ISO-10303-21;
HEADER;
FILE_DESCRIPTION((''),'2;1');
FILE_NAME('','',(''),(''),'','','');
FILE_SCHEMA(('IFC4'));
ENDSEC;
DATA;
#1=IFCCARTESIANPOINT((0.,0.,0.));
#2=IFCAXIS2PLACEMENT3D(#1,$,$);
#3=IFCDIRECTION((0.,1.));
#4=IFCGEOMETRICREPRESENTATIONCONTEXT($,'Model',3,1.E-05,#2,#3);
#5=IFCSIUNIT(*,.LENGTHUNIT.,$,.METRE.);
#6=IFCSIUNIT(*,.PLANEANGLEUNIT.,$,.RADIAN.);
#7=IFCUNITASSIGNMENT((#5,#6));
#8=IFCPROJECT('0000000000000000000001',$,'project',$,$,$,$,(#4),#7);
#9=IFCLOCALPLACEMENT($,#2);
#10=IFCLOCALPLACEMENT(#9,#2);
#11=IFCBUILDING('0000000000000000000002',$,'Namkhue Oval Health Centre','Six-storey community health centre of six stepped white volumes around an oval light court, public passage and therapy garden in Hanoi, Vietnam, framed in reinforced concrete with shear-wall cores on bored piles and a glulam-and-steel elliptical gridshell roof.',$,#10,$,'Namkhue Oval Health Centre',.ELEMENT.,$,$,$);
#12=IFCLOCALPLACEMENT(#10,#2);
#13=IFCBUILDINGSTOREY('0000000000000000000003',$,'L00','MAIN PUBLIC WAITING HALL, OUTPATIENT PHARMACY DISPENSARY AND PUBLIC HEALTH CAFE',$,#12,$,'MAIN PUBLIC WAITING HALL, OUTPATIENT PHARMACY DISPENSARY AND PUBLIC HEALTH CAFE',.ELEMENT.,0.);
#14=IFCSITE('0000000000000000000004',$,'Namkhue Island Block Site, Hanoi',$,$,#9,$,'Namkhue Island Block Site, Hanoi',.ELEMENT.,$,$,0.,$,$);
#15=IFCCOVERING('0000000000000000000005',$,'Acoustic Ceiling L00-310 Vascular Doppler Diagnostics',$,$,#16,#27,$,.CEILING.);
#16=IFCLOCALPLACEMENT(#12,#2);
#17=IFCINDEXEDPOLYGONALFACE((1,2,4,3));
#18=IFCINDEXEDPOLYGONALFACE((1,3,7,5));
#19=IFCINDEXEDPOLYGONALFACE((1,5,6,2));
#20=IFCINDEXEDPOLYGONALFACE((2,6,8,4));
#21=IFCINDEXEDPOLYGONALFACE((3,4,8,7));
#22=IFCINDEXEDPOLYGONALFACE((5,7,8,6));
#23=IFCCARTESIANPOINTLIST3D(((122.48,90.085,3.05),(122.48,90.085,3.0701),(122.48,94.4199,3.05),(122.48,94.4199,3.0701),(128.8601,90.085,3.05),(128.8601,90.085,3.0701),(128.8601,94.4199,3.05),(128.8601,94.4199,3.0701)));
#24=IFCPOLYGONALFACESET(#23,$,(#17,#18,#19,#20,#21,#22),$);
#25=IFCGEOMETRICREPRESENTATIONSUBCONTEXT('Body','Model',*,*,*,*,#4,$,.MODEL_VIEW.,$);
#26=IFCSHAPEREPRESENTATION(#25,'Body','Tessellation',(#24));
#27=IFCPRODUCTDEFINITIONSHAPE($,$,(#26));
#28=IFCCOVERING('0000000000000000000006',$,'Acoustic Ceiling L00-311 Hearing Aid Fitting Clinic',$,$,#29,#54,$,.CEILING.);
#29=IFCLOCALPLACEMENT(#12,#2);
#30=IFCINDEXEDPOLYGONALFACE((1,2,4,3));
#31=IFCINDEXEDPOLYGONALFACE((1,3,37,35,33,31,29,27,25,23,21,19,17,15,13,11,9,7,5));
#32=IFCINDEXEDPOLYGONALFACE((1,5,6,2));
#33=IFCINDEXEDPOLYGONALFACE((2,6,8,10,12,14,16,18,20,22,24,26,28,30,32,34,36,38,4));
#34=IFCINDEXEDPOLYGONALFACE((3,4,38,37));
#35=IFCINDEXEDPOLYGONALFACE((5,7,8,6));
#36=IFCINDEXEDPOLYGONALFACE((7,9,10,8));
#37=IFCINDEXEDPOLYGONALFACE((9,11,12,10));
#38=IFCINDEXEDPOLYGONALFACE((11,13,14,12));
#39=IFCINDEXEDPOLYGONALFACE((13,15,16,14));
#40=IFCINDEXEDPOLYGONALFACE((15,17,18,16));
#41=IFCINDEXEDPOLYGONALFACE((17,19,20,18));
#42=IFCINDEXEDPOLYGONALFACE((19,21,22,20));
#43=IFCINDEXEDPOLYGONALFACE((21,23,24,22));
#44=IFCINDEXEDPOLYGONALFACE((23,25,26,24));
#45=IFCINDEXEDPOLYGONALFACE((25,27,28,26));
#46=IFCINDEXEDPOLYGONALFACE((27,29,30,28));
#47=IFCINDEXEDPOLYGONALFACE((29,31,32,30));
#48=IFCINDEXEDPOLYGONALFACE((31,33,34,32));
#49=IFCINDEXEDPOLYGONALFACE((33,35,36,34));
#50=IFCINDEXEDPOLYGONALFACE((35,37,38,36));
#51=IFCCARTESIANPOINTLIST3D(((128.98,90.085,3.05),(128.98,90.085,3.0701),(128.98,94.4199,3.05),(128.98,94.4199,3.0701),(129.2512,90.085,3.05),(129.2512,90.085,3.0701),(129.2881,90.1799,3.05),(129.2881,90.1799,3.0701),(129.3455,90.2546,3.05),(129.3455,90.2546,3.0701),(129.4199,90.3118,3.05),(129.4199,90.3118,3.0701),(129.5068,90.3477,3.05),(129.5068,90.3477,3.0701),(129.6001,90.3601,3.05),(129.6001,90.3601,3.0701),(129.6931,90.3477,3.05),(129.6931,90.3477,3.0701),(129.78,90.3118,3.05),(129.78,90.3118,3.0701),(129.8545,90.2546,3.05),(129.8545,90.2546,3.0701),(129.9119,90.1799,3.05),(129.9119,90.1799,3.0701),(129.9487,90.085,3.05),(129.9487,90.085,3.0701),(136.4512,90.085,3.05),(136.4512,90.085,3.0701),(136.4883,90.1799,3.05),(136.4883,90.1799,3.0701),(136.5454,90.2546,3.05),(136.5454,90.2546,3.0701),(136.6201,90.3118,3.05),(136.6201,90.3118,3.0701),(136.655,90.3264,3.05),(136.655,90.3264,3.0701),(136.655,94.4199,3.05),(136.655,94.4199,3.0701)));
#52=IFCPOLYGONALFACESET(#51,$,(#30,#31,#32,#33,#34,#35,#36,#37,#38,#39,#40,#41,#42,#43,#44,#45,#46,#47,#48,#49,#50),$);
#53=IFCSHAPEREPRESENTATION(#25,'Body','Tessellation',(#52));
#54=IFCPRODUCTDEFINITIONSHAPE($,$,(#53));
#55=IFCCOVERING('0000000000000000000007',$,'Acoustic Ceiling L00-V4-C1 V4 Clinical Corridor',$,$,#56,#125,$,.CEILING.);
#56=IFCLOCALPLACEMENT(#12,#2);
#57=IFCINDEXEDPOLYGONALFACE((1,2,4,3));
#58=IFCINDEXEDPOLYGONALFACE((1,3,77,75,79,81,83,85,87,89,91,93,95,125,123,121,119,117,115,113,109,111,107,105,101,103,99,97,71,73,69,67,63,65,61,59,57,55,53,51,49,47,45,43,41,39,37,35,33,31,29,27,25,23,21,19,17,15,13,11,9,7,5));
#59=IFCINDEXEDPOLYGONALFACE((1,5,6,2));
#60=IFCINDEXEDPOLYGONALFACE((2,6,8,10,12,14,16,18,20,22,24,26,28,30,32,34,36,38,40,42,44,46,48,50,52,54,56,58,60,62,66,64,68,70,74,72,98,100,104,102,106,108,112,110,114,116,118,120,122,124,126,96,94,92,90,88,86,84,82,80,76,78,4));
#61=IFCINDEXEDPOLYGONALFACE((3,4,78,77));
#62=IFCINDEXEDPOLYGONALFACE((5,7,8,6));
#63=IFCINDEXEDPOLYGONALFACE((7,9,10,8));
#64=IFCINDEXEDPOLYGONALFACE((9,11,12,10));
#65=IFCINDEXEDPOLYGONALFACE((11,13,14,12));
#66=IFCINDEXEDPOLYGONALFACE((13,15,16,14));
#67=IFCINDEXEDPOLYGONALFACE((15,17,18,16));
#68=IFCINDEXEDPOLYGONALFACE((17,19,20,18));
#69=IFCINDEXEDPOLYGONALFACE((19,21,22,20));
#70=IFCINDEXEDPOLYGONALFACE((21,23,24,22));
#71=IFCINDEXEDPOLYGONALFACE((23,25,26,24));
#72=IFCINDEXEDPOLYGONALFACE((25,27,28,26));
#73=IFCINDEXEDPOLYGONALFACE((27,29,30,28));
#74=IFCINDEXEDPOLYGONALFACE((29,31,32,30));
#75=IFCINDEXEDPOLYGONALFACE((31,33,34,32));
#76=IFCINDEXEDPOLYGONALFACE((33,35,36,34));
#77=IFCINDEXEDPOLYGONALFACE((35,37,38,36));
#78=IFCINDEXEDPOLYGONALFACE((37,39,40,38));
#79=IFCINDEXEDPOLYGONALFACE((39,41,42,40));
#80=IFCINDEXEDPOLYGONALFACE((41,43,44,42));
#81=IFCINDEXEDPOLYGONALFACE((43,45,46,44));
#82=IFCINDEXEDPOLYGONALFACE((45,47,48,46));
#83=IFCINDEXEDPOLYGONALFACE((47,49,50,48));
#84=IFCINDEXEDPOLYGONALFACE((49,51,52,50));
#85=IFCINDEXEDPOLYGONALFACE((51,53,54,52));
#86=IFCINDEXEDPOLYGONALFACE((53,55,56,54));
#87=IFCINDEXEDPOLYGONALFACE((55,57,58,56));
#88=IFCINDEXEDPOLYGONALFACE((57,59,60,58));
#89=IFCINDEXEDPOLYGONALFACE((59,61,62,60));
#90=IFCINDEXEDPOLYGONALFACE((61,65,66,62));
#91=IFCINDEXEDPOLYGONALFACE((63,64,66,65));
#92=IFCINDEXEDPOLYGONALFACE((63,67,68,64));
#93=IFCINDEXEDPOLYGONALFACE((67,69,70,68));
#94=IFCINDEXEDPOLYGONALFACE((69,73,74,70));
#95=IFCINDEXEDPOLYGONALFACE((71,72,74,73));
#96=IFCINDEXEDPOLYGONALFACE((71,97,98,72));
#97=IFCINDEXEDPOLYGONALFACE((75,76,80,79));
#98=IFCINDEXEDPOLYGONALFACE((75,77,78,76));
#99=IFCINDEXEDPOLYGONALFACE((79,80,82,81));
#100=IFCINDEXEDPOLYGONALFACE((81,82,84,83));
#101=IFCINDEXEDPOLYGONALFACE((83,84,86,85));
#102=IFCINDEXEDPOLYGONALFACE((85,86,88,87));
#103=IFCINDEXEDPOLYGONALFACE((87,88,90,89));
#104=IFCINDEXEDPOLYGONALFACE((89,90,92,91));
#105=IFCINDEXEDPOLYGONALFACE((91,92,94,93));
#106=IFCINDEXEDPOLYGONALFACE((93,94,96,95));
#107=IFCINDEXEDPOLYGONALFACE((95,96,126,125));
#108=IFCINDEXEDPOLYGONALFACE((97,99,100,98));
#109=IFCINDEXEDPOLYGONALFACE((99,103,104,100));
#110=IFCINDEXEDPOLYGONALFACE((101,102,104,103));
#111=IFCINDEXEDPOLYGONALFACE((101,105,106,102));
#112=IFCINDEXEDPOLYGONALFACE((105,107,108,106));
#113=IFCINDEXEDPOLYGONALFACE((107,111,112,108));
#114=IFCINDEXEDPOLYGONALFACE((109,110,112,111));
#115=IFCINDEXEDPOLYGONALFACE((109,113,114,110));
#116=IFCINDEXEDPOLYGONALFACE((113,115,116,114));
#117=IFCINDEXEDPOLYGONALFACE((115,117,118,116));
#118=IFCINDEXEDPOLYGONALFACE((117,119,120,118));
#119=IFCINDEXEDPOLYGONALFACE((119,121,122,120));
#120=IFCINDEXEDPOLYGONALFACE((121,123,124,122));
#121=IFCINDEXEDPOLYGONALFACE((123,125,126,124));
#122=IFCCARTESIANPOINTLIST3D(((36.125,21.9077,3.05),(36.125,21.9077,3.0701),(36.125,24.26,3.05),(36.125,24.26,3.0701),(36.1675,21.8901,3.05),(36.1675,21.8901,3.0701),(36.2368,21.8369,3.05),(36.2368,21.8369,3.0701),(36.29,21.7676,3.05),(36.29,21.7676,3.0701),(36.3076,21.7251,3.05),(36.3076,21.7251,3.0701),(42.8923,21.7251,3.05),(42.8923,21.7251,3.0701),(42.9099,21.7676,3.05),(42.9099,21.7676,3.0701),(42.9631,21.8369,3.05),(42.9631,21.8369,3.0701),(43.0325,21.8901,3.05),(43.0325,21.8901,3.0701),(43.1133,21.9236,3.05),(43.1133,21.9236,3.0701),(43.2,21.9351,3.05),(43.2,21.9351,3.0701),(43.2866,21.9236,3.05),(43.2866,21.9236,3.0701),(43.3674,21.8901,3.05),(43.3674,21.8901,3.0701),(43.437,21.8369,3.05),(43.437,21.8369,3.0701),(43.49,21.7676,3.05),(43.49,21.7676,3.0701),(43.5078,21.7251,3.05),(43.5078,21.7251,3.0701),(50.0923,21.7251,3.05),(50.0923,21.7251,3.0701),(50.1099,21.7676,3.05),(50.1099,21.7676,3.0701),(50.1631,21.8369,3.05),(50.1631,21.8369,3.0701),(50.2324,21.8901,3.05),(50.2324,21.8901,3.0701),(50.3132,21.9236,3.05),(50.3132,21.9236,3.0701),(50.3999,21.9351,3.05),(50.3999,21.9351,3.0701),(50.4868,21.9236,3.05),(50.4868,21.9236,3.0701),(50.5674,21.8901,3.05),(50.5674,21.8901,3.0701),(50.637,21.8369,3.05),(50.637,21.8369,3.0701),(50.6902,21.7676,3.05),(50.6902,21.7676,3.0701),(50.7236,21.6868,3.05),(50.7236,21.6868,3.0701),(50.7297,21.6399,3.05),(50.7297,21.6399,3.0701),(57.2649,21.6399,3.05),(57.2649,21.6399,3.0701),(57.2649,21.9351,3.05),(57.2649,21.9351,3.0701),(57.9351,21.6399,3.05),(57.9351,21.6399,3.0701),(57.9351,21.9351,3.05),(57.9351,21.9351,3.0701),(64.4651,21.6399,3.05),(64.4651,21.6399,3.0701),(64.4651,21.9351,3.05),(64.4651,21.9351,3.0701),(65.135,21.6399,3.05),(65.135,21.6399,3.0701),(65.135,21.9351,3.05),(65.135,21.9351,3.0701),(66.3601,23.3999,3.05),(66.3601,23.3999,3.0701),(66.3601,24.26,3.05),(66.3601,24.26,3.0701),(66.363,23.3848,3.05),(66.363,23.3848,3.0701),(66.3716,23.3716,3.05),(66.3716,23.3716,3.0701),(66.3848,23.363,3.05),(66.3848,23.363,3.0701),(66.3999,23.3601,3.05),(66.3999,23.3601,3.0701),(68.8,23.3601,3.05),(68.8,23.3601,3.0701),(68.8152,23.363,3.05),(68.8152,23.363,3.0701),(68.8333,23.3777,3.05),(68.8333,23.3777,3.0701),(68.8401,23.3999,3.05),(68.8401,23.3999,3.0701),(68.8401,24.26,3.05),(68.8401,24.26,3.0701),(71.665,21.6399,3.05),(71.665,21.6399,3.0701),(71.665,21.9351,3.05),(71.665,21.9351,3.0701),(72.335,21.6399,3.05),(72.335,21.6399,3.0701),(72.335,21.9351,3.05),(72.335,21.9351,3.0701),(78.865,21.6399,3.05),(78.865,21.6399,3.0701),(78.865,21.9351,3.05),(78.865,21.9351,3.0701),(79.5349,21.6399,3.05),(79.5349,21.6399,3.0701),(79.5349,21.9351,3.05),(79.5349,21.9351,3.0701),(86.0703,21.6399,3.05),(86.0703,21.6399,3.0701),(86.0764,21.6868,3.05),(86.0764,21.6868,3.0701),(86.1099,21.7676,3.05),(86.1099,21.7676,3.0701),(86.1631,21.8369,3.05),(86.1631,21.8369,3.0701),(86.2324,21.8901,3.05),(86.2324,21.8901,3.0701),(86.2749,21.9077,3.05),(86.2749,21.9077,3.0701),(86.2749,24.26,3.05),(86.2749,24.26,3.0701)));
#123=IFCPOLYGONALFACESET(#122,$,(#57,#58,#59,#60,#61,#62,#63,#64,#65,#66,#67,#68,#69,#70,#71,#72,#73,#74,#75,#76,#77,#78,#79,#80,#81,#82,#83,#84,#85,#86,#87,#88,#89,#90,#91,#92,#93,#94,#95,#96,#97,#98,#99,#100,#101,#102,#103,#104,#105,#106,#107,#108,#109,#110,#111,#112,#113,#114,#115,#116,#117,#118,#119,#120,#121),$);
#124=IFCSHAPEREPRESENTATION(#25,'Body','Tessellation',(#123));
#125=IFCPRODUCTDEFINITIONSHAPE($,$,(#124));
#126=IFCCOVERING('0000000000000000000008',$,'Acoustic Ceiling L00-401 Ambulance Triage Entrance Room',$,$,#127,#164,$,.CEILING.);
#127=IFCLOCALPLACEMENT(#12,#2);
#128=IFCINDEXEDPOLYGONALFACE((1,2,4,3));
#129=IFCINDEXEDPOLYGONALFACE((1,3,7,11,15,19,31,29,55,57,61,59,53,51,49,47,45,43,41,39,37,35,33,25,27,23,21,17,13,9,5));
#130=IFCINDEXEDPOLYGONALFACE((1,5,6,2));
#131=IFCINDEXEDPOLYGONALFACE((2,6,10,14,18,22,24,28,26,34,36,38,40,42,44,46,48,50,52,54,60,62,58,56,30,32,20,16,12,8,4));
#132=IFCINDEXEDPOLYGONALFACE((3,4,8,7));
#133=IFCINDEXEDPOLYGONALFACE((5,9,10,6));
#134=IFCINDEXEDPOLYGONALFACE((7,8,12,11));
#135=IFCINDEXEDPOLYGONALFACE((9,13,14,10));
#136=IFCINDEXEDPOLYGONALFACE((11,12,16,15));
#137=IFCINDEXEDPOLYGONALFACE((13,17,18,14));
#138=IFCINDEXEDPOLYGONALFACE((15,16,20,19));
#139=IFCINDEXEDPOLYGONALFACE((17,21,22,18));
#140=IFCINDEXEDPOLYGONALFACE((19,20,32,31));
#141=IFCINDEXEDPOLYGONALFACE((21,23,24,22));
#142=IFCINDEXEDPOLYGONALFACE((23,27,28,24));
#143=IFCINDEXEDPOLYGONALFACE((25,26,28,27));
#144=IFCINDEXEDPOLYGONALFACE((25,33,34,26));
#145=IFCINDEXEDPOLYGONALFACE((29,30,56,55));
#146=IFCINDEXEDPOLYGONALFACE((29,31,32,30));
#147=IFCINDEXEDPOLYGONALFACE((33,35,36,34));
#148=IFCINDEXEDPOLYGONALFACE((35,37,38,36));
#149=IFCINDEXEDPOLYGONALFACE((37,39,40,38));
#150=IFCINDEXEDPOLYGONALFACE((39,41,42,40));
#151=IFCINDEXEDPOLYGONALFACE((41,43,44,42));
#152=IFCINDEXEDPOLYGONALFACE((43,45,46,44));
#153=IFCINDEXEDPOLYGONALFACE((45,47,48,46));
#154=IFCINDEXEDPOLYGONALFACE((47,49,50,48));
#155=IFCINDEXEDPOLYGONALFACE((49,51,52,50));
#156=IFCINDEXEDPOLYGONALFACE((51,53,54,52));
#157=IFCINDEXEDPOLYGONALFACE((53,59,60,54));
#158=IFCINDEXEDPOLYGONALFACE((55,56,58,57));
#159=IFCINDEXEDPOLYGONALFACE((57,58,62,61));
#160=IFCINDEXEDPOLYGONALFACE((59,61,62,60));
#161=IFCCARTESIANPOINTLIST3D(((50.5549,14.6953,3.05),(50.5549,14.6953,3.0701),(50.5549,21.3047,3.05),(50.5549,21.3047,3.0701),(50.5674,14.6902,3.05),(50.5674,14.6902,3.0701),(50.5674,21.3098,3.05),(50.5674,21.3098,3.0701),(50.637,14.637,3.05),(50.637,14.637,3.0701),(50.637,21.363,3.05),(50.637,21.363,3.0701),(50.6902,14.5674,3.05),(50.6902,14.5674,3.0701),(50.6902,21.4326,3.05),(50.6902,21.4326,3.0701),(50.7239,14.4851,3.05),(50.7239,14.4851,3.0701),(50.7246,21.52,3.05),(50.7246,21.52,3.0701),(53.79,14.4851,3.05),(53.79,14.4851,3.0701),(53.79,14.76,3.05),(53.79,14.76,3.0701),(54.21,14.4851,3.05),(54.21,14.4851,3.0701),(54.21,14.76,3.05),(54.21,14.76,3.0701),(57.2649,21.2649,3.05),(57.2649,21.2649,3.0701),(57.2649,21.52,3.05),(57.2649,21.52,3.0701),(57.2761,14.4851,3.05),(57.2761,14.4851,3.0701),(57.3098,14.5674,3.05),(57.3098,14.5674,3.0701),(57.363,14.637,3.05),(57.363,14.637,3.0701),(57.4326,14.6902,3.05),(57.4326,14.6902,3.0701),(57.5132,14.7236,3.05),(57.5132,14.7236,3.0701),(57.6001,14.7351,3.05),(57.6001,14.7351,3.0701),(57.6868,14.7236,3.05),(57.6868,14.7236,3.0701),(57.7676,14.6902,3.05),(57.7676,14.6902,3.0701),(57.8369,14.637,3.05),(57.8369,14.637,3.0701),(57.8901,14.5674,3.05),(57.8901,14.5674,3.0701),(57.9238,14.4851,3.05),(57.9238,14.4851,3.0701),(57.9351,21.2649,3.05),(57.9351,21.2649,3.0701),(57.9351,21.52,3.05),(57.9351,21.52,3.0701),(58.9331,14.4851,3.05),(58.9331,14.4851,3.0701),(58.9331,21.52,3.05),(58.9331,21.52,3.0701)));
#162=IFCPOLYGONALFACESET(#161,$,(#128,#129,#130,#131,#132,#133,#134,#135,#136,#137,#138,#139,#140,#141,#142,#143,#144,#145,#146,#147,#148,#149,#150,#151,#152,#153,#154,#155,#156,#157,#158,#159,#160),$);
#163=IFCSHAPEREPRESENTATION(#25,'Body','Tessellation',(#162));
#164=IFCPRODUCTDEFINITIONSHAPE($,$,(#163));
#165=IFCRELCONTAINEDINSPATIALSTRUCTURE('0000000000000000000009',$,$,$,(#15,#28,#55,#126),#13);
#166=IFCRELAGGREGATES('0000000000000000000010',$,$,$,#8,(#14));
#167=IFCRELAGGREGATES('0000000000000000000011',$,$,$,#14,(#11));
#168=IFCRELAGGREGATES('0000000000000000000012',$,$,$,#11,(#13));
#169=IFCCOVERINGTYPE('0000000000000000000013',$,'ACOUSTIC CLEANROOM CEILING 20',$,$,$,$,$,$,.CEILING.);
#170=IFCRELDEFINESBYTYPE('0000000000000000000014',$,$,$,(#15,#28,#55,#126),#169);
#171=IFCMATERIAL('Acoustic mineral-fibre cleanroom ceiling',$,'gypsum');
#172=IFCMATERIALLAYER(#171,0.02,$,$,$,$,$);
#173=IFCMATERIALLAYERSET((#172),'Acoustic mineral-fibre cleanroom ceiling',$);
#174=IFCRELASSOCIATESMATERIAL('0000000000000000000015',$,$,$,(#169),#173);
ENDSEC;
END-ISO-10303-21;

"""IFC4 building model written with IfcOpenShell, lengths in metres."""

from ifc_helpers import new_model, si_unit, direction, frame, origin, place, context, subcontext, project, spatial, polyline, outline, extrude, material, layer, layer_set, type_object, element, save


model = new_model("IFC4")

# Units and contexts
model_context = context("Model", 3, precision=1e-05, world=origin(), true_north=direction((0.0, 1.0)))
body_context = subcontext(model_context, "Body", "Model", "MODEL_VIEW")
ifc_project = project(units=[si_unit("LENGTHUNIT", "METRE"), si_unit("PLANEANGLEUNIT", "RADIAN")], contexts=[model_context])

# Site, building, storey
site_placement = place(None, origin())
site = spatial("IfcSite", under=ifc_project, at=site_placement, Name="Namkhue Island Block Site, Hanoi", LongName="Namkhue Island Block Site, Hanoi", CompositionType="ELEMENT", RefElevation=0.0)
building_placement = place(site_placement, origin())
building = spatial("IfcBuilding", under=site, at=building_placement, Name="Namkhue Oval Health Centre", Description="Six-storey community health centre of six stepped white volumes around an oval light court, public passage and therapy garden in Hanoi, Vietnam, framed in reinforced concrete with shear-wall cores on bored piles and a glulam-and-steel elliptical gridshell roof.", LongName="Namkhue Oval Health Centre", CompositionType="ELEMENT")
storey_placement = place(building_placement, origin())
storey = spatial("IfcBuildingStorey", under=building, at=storey_placement, Name="L00", Description="MAIN PUBLIC WAITING HALL, OUTPATIENT PHARMACY DISPENSARY AND PUBLIC HEALTH CAFE", LongName="MAIN PUBLIC WAITING HALL, OUTPATIENT PHARMACY DISPENSARY AND PUBLIC HEALTH CAFE", CompositionType="ELEMENT", Elevation=0.0)

# Coverings
ifc_material = material(Name="Acoustic mineral-fibre cleanroom ceiling", Category="gypsum")
ifc_layer = layer(ifc_material, 0.02)
ifc_layer_set = layer_set([ifc_layer], Name="Acoustic mineral-fibre cleanroom ceiling")
covering_type = type_object("IfcCoveringType", Name="ACOUSTIC CLEANROOM CEILING 20", PredefinedType="CEILING", material=ifc_layer_set)
covering_1_placement = place(storey_placement, frame((0.0, 0.0, 3.05)))
element("IfcCovering", 1, at=covering_1_placement, inside=storey, type_object=covering_type, Name="Acoustic Ceiling L00-310 Vascular Doppler Diagnostics", PredefinedType="CEILING", context=body_context, shape_type="SweptSolid", body=[
    extrude(outline(polyline([(122.48, 90.085), (122.48, 94.4199), (128.8601, 94.4199), (128.8601, 90.085), (122.48, 90.085)])), origin(), (0.0, 0.0, 1.0), 0.02),
])
covering_2_placement = place(storey_placement, frame((0.0, 0.0, 3.05)))
element("IfcCovering", 2, at=covering_2_placement, inside=storey, type_object=covering_type, Name="Acoustic Ceiling L00-311 Hearing Aid Fitting Clinic", PredefinedType="CEILING", context=body_context, shape_type="SweptSolid", body=[
    extrude(outline(polyline([(129.9487, 90.085), (129.9119, 90.1799), (129.8545, 90.2546), (129.78, 90.3118), (129.6931, 90.3477), (129.6001, 90.3601), (129.5068, 90.3477), (129.4199, 90.3118), (129.3455, 90.2546), (129.2881, 90.1799), (129.2512, 90.085), (128.98, 90.085), (128.98, 94.4199), (136.655, 94.4199), (136.655, 90.3264), (136.6201, 90.3118), (136.5454, 90.2546), (136.4883, 90.1799), (136.4512, 90.085), (129.9487, 90.085)])), origin(), (0.0, 0.0, 1.0), 0.02),
])
covering_3_placement = place(storey_placement, frame((0.0, 0.0, 3.05)))
element("IfcCovering", 3, at=covering_3_placement, inside=storey, type_object=covering_type, Name="Acoustic Ceiling L00-V4-C1 V4 Clinical Corridor", PredefinedType="CEILING", context=body_context, shape_type="SweptSolid", body=[
    extrude(outline(polyline([(43.5078, 21.7251), (43.49, 21.7676), (43.437, 21.8369), (43.3674, 21.8901), (43.2866, 21.9236), (43.2, 21.9351), (43.1133, 21.9236), (43.0325, 21.8901), (42.9631, 21.8369), (42.9099, 21.7676), (42.8923, 21.7251), (36.3076, 21.7251), (36.29, 21.7676), (36.2368, 21.8369), (36.1675, 21.8901), (36.125, 21.9077), (36.125, 24.26), (66.3601, 24.26), (66.3601, 23.3999), (66.363, 23.3848), (66.3716, 23.3716), (66.3848, 23.363), (66.3999, 23.3601), (68.8, 23.3601), (68.8152, 23.363), (68.8333, 23.3777), (68.8401, 23.3999), (68.8401, 24.26), (86.2749, 24.26), (86.2749, 21.9077), (86.2324, 21.8901), (86.1631, 21.8369), (86.1099, 21.7676), (86.0764, 21.6868), (86.0703, 21.6399), (79.5349, 21.6399), (79.5349, 21.9351), (78.865, 21.9351), (78.865, 21.6399), (72.335, 21.6399), (72.335, 21.9351), (71.665, 21.9351), (71.665, 21.6399), (65.135, 21.6399), (65.135, 21.9351), (64.4651, 21.9351), (64.4651, 21.6399), (57.9351, 21.6399), (57.9351, 21.9351), (57.2649, 21.9351), (57.2649, 21.6399), (50.7297, 21.6399), (50.7236, 21.6868), (50.6902, 21.7676), (50.637, 21.8369), (50.5674, 21.8901), (50.4868, 21.9236), (50.3999, 21.9351), (50.3132, 21.9236), (50.2324, 21.8901), (50.1631, 21.8369), (50.1099, 21.7676), (50.0923, 21.7251), (43.5078, 21.7251)])), origin(), (0.0, 0.0, 1.0), 0.02),
])
covering_4_placement = place(storey_placement, frame((0.0, 0.0, 3.05)))
element("IfcCovering", 4, at=covering_4_placement, inside=storey, type_object=covering_type, Name="Acoustic Ceiling L00-401 Ambulance Triage Entrance Room", PredefinedType="CEILING", context=body_context, shape_type="SweptSolid", body=[
    extrude(outline(polyline([(57.9238, 14.4851), (57.8901, 14.5674), (57.8369, 14.637), (57.7676, 14.6902), (57.6868, 14.7236), (57.6001, 14.7351), (57.5132, 14.7236), (57.4326, 14.6902), (57.363, 14.637), (57.3098, 14.5674), (57.2761, 14.4851), (54.21, 14.4851), (54.21, 14.76), (53.79, 14.76), (53.79, 14.4851), (50.7239, 14.4851), (50.6902, 14.5674), (50.637, 14.637), (50.5674, 14.6902), (50.5549, 14.6953), (50.5549, 21.3047), (50.5674, 21.3098), (50.637, 21.363), (50.6902, 21.4326), (50.7246, 21.52), (57.2649, 21.52), (57.2649, 21.2649), (57.9351, 21.2649), (57.9351, 21.52), (58.9331, 21.52), (58.9331, 14.4851), (57.9238, 14.4851)])), origin(), (0.0, 0.0, 1.0), 0.02),
])

save(model, "model.ifc")
